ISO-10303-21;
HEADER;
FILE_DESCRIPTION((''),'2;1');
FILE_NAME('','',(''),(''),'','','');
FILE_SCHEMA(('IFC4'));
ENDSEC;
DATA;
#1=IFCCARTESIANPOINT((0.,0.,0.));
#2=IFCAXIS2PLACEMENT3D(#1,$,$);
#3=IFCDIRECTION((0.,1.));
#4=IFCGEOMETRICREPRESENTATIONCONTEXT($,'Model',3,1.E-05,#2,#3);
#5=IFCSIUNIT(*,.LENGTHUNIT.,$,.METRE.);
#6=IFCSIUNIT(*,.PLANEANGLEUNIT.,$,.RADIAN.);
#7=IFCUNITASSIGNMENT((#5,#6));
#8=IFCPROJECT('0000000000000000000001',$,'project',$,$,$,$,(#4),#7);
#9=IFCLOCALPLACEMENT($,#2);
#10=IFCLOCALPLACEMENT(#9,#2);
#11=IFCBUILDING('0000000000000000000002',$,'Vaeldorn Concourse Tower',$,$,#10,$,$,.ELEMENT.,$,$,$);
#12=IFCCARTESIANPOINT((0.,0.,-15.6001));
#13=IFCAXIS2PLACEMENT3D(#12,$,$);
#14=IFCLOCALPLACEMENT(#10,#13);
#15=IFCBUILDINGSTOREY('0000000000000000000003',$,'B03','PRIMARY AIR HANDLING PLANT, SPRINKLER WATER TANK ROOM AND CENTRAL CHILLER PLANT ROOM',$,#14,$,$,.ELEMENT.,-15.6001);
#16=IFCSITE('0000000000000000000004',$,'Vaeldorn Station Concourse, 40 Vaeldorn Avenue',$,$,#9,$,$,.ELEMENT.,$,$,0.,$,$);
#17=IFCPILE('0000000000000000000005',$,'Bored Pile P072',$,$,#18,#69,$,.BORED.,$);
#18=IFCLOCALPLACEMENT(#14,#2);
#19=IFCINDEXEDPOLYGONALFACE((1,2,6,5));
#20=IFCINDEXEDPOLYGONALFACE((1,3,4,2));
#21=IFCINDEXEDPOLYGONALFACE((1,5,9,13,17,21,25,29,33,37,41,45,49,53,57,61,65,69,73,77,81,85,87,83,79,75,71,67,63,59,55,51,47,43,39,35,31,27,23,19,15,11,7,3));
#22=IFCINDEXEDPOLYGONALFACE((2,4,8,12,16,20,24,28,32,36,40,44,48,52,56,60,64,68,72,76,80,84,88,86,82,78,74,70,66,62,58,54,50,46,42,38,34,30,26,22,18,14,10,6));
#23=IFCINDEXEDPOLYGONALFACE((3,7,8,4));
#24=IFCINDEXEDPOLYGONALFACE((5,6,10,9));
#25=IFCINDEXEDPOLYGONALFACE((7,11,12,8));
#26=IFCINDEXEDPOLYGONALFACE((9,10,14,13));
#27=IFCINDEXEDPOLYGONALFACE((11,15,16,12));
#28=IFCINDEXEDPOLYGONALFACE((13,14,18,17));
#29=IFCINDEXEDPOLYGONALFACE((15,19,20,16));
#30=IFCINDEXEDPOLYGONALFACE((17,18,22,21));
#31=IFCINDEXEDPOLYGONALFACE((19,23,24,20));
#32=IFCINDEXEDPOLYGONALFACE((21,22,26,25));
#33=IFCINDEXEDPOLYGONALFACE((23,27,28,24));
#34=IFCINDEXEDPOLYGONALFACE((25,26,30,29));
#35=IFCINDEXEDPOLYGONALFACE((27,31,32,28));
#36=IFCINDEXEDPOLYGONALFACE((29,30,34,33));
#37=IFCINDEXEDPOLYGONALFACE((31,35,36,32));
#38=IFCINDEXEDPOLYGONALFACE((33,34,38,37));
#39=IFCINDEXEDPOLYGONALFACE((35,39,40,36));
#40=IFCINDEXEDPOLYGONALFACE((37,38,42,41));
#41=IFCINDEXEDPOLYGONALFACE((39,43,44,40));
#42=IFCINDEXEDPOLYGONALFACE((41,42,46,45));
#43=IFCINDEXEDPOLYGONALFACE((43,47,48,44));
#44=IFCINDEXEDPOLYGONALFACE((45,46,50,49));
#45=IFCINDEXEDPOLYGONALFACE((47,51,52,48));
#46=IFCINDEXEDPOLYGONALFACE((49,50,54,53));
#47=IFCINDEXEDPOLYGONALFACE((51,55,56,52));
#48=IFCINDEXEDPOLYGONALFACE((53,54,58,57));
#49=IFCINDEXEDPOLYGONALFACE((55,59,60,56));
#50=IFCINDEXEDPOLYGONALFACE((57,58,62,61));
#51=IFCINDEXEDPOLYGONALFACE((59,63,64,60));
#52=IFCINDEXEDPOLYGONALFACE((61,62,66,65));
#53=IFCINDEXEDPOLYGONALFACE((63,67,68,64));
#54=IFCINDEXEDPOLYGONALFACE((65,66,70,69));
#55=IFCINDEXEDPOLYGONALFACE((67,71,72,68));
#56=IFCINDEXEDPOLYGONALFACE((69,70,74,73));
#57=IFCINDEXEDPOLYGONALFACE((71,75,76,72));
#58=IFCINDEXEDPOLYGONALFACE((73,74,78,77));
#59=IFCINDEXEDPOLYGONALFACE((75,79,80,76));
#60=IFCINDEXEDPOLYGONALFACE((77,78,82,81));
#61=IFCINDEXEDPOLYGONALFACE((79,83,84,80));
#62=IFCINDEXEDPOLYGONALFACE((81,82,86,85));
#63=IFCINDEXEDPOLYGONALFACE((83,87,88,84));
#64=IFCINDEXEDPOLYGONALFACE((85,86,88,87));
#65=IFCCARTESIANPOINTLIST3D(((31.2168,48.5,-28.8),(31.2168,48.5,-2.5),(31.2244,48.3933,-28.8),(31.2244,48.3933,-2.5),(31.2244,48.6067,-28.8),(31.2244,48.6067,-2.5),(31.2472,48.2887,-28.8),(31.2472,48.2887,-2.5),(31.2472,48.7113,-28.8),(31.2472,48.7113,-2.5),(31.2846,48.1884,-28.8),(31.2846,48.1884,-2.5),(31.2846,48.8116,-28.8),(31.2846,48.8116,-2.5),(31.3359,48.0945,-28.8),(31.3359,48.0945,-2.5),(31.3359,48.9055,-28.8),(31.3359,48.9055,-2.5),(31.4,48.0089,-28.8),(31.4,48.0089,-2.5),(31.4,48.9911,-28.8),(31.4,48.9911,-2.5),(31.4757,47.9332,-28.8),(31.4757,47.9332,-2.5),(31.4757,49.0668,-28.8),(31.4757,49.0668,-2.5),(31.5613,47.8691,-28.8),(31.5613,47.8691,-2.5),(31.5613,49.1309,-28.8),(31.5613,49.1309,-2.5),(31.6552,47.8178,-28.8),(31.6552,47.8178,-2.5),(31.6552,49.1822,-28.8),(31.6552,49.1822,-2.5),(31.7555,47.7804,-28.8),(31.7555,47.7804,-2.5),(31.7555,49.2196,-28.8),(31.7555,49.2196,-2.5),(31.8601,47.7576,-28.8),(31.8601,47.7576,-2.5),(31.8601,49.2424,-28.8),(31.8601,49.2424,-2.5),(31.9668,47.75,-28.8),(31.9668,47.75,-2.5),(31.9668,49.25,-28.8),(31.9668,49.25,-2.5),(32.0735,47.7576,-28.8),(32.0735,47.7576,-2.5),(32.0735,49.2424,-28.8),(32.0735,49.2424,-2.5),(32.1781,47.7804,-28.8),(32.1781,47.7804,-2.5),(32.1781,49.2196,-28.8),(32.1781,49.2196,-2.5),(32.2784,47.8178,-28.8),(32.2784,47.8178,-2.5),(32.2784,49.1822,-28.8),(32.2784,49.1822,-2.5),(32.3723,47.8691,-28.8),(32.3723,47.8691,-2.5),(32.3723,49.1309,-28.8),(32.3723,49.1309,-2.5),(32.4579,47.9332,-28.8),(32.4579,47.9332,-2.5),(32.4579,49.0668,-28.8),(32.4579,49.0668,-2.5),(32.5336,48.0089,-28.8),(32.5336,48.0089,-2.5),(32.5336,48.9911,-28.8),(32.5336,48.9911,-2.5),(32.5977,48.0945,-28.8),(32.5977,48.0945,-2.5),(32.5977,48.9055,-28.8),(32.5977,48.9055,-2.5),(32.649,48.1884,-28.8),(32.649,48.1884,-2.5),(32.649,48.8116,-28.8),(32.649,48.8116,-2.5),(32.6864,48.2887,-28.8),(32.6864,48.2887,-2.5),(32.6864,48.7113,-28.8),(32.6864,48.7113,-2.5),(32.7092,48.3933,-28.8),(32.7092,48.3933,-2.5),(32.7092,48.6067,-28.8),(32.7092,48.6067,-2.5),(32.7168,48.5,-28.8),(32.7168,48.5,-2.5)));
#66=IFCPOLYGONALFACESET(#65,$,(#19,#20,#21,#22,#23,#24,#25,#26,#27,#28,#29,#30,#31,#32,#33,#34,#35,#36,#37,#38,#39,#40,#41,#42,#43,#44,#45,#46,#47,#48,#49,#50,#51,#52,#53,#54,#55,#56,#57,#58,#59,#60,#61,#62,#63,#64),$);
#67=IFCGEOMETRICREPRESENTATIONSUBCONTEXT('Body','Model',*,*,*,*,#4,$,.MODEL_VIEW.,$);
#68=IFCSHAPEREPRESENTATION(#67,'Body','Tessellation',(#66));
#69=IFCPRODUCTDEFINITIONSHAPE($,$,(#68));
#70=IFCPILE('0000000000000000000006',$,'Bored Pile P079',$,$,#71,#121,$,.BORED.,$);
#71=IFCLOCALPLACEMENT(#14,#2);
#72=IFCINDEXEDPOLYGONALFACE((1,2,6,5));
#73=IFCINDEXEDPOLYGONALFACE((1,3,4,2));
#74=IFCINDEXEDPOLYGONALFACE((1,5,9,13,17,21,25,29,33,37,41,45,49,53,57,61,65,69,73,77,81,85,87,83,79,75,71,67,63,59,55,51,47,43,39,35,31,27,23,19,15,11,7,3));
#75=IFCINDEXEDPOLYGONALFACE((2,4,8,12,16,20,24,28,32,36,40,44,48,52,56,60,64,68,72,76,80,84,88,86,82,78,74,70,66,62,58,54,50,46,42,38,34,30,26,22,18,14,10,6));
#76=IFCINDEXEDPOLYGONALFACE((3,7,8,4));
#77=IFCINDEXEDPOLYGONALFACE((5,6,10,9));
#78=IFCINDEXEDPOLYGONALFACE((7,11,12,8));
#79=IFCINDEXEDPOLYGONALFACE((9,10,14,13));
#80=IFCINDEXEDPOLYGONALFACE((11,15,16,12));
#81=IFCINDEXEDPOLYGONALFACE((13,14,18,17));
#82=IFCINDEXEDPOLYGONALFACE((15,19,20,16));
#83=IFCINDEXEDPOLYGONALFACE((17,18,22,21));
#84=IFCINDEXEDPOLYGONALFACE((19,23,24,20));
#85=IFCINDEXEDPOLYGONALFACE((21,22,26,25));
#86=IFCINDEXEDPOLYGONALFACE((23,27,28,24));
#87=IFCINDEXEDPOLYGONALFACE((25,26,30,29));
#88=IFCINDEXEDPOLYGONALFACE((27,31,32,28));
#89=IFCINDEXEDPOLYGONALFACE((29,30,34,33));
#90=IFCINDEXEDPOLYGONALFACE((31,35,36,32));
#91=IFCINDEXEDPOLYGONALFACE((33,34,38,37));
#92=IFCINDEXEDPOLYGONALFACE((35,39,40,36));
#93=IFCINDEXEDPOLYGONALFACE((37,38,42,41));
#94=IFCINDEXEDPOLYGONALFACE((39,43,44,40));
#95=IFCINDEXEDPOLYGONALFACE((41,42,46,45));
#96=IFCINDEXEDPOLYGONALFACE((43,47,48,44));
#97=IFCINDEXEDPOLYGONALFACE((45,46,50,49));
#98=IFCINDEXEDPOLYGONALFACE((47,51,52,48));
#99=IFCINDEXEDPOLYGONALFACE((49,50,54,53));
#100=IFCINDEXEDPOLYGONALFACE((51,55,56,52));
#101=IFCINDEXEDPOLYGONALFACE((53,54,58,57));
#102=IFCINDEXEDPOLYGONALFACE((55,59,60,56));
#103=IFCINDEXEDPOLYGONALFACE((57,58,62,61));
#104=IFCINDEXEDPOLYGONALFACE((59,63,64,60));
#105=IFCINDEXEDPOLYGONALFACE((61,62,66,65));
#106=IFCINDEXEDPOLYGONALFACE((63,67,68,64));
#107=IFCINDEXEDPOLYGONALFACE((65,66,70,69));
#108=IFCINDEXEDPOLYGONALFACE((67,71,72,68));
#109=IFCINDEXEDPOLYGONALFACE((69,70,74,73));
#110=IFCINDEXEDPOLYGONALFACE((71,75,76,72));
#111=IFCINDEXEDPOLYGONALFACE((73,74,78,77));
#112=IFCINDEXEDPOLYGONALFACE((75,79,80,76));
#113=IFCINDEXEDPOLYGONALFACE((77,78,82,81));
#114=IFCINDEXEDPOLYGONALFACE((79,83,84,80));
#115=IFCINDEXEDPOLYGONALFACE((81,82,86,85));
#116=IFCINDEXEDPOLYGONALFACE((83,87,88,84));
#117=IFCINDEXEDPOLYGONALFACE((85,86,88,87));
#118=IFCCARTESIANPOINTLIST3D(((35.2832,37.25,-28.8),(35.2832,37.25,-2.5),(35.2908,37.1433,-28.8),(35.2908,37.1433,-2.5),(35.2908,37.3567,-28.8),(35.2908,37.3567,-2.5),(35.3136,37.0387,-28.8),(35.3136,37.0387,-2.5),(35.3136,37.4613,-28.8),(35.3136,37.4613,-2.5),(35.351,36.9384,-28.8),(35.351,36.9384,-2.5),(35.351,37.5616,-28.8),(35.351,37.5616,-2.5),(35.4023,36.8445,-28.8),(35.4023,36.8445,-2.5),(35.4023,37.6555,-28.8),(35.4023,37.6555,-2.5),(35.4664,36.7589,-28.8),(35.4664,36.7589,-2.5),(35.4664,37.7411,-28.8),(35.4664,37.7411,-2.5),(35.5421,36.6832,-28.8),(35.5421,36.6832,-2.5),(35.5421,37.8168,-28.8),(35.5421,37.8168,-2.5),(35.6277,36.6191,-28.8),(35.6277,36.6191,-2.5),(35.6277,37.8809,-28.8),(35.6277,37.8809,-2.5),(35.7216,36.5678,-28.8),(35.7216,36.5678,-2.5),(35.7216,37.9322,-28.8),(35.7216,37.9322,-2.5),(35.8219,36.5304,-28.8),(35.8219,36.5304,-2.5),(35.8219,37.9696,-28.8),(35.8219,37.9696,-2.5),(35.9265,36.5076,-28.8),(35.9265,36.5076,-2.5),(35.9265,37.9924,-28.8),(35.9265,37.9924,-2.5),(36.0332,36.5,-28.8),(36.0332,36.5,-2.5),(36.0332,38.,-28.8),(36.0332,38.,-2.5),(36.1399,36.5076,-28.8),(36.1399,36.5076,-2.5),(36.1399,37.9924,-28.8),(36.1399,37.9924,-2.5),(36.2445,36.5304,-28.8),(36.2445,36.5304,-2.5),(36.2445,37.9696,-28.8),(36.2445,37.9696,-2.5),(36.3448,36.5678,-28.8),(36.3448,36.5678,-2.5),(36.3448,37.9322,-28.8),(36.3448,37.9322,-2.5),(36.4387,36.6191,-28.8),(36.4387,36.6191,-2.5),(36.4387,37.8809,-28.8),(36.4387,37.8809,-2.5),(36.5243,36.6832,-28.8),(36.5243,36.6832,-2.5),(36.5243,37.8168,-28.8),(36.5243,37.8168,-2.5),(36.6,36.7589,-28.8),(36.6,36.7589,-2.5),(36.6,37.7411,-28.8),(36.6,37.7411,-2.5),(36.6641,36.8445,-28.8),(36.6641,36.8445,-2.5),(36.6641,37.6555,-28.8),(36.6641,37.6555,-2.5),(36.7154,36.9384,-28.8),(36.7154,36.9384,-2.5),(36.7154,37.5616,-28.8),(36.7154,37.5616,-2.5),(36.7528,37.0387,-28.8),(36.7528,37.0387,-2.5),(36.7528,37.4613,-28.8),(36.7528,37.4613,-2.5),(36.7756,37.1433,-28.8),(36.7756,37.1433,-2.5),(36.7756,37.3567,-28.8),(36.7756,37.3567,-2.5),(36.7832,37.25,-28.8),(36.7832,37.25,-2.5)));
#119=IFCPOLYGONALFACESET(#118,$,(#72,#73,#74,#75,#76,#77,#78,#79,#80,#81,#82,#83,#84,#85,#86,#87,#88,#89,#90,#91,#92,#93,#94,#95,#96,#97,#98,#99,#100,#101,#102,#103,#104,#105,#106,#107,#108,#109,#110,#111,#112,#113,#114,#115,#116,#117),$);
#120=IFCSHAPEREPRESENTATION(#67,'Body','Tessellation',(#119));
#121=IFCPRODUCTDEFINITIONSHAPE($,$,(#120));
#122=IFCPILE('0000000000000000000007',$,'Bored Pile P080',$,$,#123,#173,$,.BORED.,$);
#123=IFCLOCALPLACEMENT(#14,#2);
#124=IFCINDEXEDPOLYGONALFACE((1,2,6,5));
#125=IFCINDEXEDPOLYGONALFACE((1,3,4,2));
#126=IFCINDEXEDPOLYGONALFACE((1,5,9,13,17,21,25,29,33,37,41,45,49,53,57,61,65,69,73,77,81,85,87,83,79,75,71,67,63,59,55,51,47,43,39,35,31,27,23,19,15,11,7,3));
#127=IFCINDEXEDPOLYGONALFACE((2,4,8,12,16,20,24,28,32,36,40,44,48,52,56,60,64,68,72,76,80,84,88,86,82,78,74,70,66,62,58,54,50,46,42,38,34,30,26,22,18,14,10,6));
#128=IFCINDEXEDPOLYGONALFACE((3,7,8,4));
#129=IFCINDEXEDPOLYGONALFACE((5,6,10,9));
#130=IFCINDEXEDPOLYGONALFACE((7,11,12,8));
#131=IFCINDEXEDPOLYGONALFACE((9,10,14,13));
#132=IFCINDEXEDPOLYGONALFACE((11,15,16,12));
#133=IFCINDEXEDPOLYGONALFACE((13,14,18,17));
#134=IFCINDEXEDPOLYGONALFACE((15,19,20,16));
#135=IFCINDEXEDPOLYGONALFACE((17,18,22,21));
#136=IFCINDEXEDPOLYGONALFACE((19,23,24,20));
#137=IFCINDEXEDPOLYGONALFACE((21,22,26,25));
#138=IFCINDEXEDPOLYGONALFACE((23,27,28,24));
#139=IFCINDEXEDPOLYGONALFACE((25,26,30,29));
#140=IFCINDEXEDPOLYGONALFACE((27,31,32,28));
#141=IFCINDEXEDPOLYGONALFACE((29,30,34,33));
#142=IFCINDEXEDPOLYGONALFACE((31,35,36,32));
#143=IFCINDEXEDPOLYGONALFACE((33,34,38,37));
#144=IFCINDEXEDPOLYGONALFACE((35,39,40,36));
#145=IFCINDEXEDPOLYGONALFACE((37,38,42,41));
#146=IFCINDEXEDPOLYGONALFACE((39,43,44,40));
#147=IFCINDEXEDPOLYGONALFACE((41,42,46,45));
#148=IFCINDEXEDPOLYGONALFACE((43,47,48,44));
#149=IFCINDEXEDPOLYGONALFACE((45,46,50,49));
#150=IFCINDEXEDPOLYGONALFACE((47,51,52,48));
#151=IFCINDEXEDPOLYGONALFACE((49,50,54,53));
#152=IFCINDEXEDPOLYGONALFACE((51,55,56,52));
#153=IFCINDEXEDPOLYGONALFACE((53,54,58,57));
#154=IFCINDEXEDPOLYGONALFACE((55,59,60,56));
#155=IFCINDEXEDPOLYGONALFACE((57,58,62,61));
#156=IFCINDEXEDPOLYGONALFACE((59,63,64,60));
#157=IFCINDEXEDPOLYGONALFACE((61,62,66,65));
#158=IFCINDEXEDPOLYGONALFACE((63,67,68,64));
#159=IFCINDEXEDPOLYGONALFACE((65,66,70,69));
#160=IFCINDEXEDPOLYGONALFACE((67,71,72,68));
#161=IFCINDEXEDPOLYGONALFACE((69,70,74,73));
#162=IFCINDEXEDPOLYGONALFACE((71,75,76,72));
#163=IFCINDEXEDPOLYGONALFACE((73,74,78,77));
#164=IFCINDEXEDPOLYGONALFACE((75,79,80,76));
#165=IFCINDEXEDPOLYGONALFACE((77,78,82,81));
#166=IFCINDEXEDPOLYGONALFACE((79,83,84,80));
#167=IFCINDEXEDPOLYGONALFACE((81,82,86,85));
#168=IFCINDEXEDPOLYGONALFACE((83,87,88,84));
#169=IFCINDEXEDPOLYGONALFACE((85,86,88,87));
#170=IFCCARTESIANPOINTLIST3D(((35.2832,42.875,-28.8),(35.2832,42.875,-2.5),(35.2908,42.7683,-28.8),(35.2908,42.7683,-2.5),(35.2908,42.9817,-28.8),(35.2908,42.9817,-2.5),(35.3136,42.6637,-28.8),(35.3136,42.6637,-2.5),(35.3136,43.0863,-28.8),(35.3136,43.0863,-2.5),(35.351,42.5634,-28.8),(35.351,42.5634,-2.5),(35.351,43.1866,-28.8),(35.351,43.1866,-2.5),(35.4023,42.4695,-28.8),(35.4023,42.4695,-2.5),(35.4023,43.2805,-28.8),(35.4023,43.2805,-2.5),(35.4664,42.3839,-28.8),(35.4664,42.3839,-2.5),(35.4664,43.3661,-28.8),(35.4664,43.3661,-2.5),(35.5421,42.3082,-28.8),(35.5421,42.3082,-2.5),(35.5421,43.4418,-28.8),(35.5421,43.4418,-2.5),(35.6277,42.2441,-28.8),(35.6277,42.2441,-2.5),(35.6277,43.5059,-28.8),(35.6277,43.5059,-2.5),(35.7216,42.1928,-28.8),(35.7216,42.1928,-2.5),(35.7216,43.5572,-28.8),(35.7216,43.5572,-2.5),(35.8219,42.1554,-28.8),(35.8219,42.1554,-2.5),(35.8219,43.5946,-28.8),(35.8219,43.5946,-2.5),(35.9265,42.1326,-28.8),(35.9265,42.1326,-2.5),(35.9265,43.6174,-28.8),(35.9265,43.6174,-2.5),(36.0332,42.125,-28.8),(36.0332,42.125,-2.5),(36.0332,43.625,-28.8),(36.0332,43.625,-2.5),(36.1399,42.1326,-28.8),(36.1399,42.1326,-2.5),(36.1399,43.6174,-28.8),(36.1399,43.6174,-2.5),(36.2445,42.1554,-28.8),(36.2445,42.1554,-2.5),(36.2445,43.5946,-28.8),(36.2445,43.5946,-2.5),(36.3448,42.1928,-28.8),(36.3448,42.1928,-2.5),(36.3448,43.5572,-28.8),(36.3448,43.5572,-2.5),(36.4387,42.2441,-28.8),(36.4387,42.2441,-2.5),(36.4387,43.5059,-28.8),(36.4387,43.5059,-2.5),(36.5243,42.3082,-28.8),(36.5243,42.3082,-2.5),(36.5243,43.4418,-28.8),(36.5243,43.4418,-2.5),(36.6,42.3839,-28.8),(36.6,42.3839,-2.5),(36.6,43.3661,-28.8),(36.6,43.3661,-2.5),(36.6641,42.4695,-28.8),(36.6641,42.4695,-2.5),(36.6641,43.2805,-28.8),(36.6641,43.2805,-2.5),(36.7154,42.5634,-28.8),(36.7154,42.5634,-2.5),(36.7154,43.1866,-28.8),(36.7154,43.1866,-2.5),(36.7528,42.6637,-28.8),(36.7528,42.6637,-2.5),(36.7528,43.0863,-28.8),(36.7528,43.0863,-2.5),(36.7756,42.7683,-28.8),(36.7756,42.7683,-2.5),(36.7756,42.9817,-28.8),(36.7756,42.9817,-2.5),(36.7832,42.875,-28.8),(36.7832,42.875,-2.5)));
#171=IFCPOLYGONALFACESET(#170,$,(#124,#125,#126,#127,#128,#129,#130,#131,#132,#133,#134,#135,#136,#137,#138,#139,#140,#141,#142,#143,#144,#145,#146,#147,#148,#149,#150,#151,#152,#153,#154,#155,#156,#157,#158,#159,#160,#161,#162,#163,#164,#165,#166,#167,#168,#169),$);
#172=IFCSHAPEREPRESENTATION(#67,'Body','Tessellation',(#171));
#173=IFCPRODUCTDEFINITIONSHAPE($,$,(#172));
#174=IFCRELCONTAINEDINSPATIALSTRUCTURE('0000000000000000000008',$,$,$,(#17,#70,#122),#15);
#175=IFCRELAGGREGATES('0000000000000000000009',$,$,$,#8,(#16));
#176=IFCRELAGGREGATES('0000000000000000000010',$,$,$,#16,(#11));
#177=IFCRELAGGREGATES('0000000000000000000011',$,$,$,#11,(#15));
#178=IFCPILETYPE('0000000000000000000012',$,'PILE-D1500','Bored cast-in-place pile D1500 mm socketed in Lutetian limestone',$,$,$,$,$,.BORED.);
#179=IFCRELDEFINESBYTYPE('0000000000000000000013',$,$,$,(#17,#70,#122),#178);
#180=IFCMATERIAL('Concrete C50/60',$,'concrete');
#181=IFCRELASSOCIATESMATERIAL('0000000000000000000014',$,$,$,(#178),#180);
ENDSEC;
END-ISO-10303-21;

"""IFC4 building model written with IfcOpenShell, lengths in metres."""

from ifc_helpers import new_model, si_unit, direction, frame, origin, origin_2d, place, context, subcontext, project, spatial, circle, extrude, material, material_profile, profile_set, type_object, element, save


model = new_model("IFC4")

# Units and contexts
model_context = context("Model", 3, precision=1e-05, world=origin(), true_north=direction((0.0, 1.0)))
body_context = subcontext(model_context, "Body", "Model", "MODEL_VIEW")
ifc_project = project(units=[si_unit("LENGTHUNIT", "METRE"), si_unit("PLANEANGLEUNIT", "RADIAN")], contexts=[model_context])

# Site, building, storey
site_placement = place(None, origin())
site = spatial("IfcSite", under=ifc_project, at=site_placement, Name="Vaeldorn Station Concourse, 40 Vaeldorn Avenue", CompositionType="ELEMENT", RefElevation=0.0)
building_placement = place(site_placement, origin())
building = spatial("IfcBuilding", under=site, at=building_placement, Name="Vaeldorn Concourse Tower", CompositionType="ELEMENT")
storey_placement = place(building_placement, frame((0.0, 0.0, -15.6001)))
storey = spatial("IfcBuildingStorey", under=building, at=storey_placement, Name="B03", Description="PRIMARY AIR HANDLING PLANT, SPRINKLER WATER TANK ROOM AND CENTRAL CHILLER PLANT ROOM", CompositionType="ELEMENT", Elevation=-15.6001)

# Piles
ifc_material_1 = material(Name="Concrete C50/60", Category="concrete")
ifc_material_profile_1 = material_profile(ifc_material_1, circle(Radius=0.75, at=origin_2d()), Name="BORED PILE D1500")
ifc_profile_set_1 = profile_set([ifc_material_profile_1], Name="Concrete C50/60")
pile_type = type_object("IfcPileType", Name="PILE-D1500", Description="Bored cast-in-place pile D1500 mm socketed in Lutetian limestone", PredefinedType="BORED", material=ifc_profile_set_1)
for number, where, z_axis, x_axis, name in (
    (1, (31.9668, 48.5, -2.5), (0.0, 0.0, -1.0), (1.0, 0.0, 0.0), "Bored Pile P072"),
    (2, (36.0332, 37.25, -2.5), (0.0, 0.0, -1.0), (1.0, 0.0, 0.0), "Bored Pile P079"),
    (3, (36.0332, 42.875, -2.5), (0.0, 0.0, -1.0), (1.0, 0.0, 0.0), "Bored Pile P080"),
):
    element("IfcPile", number, at=place(storey_placement, frame(where, z_axis=z_axis, x_axis=x_axis)), inside=storey, type_object=pile_type, Name=name, PredefinedType="BORED", context=body_context, shape_type="SweptSolid", body=[
        extrude(circle(Radius=0.75, at=origin_2d()), origin(), (0.0, 0.0, 1.0), 26.3),
    ])

save(model, "model.ifc")
